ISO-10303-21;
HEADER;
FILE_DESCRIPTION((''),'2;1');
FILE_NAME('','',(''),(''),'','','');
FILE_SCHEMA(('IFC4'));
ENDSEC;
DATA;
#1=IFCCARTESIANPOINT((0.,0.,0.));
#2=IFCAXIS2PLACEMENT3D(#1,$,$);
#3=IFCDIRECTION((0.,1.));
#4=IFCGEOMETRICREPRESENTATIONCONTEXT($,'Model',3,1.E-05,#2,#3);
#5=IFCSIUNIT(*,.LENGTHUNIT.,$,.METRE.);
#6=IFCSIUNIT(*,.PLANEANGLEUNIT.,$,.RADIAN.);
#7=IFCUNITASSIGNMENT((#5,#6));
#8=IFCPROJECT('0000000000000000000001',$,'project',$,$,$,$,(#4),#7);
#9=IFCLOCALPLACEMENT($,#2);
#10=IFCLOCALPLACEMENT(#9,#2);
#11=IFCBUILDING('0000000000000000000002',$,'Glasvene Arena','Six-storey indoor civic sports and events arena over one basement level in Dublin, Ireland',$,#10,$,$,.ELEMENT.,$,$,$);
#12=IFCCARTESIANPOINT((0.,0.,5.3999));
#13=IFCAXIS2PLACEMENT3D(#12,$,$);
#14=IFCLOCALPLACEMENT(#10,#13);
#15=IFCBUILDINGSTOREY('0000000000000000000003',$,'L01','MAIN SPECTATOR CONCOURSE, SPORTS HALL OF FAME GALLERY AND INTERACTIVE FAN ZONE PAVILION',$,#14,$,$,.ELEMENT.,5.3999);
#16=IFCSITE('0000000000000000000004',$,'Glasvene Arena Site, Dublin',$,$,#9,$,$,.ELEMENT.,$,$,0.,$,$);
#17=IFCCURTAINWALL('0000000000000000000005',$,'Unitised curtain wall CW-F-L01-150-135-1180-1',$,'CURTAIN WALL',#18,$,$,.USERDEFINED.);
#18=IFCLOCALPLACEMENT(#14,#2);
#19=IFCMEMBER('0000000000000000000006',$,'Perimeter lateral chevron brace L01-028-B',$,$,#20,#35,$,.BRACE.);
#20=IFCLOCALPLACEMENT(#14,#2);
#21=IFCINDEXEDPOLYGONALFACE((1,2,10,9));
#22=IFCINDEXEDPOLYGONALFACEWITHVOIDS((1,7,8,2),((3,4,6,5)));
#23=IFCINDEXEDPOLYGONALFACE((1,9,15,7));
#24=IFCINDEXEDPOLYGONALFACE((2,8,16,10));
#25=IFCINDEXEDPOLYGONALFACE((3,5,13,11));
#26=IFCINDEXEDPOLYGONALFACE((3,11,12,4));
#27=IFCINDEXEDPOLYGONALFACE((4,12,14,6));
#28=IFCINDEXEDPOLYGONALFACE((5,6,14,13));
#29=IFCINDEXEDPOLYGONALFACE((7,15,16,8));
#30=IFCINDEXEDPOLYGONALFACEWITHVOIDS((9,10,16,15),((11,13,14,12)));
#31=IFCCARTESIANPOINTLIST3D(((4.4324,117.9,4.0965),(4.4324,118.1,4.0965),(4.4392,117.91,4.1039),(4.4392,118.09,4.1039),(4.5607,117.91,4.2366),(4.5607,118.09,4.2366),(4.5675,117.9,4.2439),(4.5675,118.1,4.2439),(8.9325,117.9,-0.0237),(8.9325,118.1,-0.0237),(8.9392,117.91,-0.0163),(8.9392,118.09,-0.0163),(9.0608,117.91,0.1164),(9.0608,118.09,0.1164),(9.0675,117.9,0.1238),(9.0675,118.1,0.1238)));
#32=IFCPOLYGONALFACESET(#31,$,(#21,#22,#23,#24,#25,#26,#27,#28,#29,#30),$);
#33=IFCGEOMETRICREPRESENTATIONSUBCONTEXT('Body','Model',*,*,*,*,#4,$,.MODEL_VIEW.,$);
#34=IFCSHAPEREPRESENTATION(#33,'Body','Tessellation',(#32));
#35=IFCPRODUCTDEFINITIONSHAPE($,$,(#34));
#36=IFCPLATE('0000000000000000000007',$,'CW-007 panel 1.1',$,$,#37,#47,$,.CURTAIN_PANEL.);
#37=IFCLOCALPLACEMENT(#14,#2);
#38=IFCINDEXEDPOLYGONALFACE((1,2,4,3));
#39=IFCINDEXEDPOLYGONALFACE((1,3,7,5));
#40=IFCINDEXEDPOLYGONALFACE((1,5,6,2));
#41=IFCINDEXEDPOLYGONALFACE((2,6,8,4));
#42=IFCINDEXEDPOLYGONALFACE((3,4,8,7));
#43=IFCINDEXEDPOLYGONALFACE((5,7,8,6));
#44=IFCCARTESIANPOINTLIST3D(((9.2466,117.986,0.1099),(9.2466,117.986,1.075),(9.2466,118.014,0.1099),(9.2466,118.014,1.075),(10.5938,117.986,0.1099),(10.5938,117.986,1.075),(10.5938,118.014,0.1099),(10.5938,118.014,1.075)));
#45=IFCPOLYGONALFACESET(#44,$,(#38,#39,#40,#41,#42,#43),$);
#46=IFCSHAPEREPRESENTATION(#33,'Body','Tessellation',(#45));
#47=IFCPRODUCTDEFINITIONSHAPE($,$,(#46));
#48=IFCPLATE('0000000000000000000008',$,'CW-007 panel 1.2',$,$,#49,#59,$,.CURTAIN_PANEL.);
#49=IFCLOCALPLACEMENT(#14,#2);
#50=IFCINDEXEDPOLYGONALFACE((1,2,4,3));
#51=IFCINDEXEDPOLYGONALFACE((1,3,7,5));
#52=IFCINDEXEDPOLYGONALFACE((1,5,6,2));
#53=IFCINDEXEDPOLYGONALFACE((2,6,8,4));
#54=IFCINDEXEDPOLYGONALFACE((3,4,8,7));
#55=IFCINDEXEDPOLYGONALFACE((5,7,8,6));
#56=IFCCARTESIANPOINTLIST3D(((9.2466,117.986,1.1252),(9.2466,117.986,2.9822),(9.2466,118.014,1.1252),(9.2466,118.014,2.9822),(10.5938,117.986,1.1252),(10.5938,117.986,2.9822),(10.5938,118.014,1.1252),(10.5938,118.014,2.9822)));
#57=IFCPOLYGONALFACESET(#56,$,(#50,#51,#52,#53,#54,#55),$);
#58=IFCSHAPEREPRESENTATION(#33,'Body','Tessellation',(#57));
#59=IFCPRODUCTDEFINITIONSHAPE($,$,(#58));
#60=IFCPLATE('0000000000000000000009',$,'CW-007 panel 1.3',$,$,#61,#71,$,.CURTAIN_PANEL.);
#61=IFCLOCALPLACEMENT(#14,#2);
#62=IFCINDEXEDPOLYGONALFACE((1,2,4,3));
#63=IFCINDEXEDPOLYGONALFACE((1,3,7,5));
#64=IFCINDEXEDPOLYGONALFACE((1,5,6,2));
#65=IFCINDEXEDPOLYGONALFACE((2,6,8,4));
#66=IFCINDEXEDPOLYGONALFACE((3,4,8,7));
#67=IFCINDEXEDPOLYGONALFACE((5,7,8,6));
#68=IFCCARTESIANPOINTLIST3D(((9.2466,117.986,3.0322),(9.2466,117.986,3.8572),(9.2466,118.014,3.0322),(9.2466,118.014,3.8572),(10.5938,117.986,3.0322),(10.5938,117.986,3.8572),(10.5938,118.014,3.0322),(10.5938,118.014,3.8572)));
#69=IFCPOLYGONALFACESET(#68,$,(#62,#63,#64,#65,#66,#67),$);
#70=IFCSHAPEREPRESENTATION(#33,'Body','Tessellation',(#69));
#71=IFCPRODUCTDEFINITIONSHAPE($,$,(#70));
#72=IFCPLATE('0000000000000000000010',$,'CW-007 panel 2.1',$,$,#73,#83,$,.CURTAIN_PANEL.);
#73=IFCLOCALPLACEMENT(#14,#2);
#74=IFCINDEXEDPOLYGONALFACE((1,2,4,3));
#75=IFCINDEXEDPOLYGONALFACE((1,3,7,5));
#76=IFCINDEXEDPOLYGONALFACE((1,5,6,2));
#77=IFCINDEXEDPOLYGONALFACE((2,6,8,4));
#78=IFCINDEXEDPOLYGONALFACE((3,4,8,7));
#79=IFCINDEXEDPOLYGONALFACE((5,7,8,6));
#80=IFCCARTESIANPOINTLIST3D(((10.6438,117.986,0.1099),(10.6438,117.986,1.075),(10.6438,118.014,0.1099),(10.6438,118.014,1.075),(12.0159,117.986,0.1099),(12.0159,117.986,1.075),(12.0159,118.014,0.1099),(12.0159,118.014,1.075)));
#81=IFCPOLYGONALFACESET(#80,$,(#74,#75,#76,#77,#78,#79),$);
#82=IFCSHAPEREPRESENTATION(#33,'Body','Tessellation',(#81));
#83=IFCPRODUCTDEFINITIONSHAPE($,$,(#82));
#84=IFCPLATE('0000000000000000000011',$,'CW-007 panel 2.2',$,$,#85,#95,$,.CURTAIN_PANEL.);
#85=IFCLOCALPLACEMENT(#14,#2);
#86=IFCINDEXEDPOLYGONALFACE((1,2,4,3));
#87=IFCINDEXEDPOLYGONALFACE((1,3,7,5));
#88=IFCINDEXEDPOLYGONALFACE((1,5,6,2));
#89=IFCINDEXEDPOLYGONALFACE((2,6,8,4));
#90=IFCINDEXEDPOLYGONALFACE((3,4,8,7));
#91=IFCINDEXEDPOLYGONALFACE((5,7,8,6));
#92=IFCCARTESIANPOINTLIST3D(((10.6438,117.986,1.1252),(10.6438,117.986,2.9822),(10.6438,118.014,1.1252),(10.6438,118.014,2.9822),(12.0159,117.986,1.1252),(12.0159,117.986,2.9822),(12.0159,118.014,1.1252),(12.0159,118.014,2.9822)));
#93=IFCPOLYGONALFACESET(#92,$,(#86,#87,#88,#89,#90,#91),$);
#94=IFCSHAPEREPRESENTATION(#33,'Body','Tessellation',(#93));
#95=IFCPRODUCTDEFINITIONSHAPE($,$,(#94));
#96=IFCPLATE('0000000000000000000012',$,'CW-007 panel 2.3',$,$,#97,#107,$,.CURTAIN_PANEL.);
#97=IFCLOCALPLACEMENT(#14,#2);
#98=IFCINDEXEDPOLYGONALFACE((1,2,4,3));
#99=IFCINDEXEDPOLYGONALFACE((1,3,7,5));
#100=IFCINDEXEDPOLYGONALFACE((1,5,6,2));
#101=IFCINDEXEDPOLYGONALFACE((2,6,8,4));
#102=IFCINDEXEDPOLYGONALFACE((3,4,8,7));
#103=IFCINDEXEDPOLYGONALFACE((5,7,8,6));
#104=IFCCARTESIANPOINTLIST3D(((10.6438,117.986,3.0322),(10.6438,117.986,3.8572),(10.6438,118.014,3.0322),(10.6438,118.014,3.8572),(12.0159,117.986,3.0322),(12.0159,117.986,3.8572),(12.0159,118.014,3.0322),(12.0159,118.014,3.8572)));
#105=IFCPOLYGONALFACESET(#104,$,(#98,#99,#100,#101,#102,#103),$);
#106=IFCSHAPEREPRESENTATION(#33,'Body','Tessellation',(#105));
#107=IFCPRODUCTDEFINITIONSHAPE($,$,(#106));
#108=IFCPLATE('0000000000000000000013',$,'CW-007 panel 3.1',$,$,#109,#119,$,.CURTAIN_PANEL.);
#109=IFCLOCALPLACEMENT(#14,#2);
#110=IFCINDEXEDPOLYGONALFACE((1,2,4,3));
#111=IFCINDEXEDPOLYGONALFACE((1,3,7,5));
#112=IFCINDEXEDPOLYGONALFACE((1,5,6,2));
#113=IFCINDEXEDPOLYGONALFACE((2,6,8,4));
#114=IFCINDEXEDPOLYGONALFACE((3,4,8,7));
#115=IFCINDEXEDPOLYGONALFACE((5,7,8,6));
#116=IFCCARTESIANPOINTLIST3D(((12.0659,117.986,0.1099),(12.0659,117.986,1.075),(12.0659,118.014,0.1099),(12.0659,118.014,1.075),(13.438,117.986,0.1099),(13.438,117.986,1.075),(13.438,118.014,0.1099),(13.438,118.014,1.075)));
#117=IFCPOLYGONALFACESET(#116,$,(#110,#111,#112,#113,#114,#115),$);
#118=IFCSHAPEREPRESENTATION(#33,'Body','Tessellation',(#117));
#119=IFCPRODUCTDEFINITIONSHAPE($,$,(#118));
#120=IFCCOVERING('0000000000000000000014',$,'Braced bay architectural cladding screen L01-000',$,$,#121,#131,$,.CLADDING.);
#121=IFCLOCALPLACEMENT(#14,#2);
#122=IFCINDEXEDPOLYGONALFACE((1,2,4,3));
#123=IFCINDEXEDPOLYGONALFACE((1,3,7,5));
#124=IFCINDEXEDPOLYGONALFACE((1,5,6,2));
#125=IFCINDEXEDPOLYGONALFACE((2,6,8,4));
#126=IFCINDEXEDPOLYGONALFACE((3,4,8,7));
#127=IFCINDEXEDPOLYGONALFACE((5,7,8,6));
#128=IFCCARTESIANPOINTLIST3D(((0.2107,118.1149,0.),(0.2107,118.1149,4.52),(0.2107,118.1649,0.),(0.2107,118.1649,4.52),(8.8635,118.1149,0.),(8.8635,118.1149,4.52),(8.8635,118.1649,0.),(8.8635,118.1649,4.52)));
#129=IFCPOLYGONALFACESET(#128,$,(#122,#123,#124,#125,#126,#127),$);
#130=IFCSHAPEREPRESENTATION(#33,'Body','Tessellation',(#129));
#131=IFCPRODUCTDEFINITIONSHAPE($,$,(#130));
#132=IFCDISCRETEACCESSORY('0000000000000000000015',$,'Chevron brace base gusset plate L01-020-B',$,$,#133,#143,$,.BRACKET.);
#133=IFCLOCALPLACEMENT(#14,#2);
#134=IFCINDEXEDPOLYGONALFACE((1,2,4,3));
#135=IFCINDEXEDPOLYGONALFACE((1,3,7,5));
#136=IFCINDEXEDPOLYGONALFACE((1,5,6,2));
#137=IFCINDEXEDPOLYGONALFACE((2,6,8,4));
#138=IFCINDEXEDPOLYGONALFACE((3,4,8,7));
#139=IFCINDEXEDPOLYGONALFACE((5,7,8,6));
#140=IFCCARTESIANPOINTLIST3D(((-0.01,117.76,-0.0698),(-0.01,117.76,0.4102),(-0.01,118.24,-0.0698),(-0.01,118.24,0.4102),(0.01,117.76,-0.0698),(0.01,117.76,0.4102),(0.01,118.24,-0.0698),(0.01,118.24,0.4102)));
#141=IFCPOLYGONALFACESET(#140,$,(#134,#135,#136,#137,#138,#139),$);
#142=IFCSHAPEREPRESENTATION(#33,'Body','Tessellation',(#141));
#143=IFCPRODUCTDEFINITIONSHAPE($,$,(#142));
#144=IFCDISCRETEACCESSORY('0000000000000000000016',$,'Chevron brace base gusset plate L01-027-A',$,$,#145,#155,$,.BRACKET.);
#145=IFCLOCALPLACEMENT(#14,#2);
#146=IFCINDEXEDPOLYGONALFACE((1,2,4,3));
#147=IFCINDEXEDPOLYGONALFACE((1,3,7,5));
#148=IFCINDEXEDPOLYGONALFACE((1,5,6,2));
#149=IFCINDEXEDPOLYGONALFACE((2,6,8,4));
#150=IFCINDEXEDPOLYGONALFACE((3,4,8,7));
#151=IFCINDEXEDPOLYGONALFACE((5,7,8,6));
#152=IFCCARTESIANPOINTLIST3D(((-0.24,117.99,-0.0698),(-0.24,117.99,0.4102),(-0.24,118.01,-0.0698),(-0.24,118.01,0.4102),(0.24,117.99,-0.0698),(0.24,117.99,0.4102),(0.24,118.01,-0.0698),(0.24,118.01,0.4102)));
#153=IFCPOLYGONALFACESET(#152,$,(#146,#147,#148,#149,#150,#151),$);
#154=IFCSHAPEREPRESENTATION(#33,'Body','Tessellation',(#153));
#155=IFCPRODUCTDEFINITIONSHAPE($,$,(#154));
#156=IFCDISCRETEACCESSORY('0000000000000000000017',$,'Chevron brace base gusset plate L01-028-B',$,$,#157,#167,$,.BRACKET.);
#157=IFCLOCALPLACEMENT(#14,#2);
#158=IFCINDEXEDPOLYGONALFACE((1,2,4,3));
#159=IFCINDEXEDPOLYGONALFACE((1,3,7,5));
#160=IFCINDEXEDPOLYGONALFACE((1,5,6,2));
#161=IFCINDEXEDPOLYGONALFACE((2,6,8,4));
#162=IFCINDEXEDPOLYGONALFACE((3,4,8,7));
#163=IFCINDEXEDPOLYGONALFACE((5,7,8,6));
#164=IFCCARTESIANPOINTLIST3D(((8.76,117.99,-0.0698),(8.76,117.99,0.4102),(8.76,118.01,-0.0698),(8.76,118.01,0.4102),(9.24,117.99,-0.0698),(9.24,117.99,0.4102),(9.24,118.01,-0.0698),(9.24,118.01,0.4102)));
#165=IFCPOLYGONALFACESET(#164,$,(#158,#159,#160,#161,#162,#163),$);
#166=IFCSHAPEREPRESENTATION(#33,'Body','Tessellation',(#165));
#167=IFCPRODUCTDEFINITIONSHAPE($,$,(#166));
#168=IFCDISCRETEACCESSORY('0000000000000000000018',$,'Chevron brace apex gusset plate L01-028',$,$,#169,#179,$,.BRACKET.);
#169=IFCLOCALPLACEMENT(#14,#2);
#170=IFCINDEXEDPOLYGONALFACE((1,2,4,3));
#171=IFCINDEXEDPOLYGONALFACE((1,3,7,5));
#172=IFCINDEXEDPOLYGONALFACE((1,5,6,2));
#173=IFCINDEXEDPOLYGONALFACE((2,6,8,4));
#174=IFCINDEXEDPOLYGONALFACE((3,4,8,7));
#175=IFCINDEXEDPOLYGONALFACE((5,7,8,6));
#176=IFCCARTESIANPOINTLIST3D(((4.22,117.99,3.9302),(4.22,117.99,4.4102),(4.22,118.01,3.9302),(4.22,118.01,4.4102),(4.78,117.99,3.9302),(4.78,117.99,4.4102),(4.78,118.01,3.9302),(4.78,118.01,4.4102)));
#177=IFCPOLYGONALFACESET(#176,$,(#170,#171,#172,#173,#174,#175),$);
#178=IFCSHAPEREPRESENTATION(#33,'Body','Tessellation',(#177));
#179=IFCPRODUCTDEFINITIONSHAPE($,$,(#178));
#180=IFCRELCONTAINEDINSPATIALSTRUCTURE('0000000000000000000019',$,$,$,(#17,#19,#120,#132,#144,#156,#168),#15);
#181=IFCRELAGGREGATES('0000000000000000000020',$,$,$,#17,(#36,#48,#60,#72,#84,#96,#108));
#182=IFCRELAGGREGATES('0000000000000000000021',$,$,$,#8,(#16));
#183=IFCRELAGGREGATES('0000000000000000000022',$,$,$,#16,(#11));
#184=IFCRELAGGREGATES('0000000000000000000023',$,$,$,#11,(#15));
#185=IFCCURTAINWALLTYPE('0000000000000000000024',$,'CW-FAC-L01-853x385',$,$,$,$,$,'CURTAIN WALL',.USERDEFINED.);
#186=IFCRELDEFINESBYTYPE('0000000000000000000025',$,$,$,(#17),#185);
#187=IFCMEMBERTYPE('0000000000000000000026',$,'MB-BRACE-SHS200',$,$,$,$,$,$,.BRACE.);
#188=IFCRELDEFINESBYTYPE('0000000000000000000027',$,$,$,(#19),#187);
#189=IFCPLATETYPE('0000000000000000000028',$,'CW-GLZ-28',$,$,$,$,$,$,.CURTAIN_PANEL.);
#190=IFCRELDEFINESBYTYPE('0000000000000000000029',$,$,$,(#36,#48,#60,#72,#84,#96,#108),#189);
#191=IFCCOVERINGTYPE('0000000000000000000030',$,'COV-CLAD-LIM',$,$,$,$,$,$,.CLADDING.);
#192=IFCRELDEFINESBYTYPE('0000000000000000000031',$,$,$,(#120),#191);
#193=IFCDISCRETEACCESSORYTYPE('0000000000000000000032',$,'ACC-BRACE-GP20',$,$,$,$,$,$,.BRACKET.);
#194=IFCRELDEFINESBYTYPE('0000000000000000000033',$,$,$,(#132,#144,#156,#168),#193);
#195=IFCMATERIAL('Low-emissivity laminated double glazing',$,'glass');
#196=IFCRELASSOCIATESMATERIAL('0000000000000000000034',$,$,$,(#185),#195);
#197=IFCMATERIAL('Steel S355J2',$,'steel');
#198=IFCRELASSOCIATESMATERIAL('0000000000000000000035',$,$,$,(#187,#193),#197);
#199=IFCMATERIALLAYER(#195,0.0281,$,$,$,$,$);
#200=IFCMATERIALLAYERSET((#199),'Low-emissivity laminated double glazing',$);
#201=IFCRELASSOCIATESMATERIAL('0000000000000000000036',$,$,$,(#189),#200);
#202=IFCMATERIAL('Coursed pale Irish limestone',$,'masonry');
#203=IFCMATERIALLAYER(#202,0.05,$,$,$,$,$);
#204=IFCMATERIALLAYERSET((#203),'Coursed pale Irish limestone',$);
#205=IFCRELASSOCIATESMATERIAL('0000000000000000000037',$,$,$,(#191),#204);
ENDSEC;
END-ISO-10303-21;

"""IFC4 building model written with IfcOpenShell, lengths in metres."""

from ifc_helpers import new_model, si_unit, direction, frame, origin, origin_2d, place, context, subcontext, project, spatial, rectangle, hollow_rectangle, extrude, material, layer, layer_set, material_profile, profile_set, type_object, element, aggregate, save


model = new_model("IFC4")

# Units and contexts
model_context = context("Model", 3, precision=1e-05, world=origin(), true_north=direction((0.0, 1.0)))
body_context = subcontext(model_context, "Body", "Model", "MODEL_VIEW")
ifc_project = project(units=[si_unit("LENGTHUNIT", "METRE"), si_unit("PLANEANGLEUNIT", "RADIAN")], contexts=[model_context])

# Site, building, storey
site_placement = place(None, origin())
site = spatial("IfcSite", under=ifc_project, at=site_placement, Name="Glasvene Arena Site, Dublin", CompositionType="ELEMENT", RefElevation=0.0)
building_placement = place(site_placement, origin())
building = spatial("IfcBuilding", under=site, at=building_placement, Name="Glasvene Arena", Description="Six-storey indoor civic sports and events arena over one basement level in Dublin, Ireland", CompositionType="ELEMENT")
storey_placement = place(building_placement, frame((0.0, 0.0, 5.3999)))
storey = spatial("IfcBuildingStorey", under=building, at=storey_placement, Name="L01", Description="MAIN SPECTATOR CONCOURSE, SPORTS HALL OF FAME GALLERY AND INTERACTIVE FAN ZONE PAVILION", CompositionType="ELEMENT", Elevation=5.3999)

# Shared definitions
ifc_material_1 = material(Name="Steel S355J2", Category="steel")

# Curtain wall
ifc_material_2 = material(Name="Low-emissivity laminated double glazing", Category="glass")
curtain_wall_type = type_object("IfcCurtainWallType", Name="CW-FAC-L01-853x385", ElementType="CURTAIN WALL", PredefinedType="USERDEFINED", material=ifc_material_2)
curtain_wall_placement = place(storey_placement, frame((9.1965, 118.0, 0.0)))
curtain_wall = element("IfcCurtainWall", 1, at=curtain_wall_placement, inside=storey, type_object=curtain_wall_type, Name="Unitised curtain wall CW-F-L01-150-135-1180-1", ObjectType="CURTAIN WALL", PredefinedType="USERDEFINED")

# Member
ifc_material_profile_1 = material_profile(ifc_material_1, hollow_rectangle(XDim=0.2, YDim=0.2, WallThickness=0.01, at=origin_2d()), Name="SHS 200x200x10.0")
ifc_profile_set_1 = profile_set([ifc_material_profile_1], Name="Steel S355J2")
member_type_1 = type_object("IfcMemberType", Name="MB-BRACE-SHS200", PredefinedType="BRACE", material=ifc_profile_set_1)
for number, where, z_axis, x_axis, name in (
    (2, (9.0, 118.0, 0.05), (-0.737553, 0.0, 0.67529), (0.0, -1.0, 0.0), "Perimeter lateral chevron brace L01-028-B"),
):
    element("IfcMember", number, at=place(storey_placement, frame(where, z_axis=z_axis, x_axis=x_axis)), inside=storey, type_object=member_type_1, Name=name, PredefinedType="BRACE", context=body_context, shape_type="SweptSolid", body=[
        extrude(hollow_rectangle(XDim=0.2, YDim=0.2, WallThickness=0.01, at=origin_2d()), origin(), (0.0, 0.0, 1.0), 6.1013),
    ])

# Plates
ifc_layer_1 = layer(ifc_material_2, 0.0281)
ifc_layer_set_1 = layer_set([ifc_layer_1], Name="Low-emissivity laminated double glazing")
plate_type = type_object("IfcPlateType", Name="CW-GLZ-28", PredefinedType="CURTAIN_PANEL", material=ifc_layer_set_1)
plate_1_placement = place(storey_placement, frame((9.9202, 118.0, 0.1099), z_axis=(0.0, 0.0, 1.0), x_axis=(1.0, 0.0, 0.0)))
plate_1 = element("IfcPlate", 3, at=plate_1_placement, type_object=plate_type, Name="CW-007 panel 1.1", PredefinedType="CURTAIN_PANEL", context=body_context, shape_type="SweptSolid", body=[
    extrude(rectangle(XDim=1.3472, YDim=0.0281, at=origin_2d()), origin(), (0.0, 0.0, 1.0), 0.9651),
])
plate_2_placement = place(storey_placement, frame((9.9202, 118.0, 1.1252), z_axis=(0.0, 0.0, 1.0), x_axis=(1.0, 0.0, 0.0)))
plate_2 = element("IfcPlate", 4, at=plate_2_placement, type_object=plate_type, Name="CW-007 panel 1.2", PredefinedType="CURTAIN_PANEL", context=body_context, shape_type="SweptSolid", body=[
    extrude(rectangle(XDim=1.3472, YDim=0.0281, at=origin_2d()), origin(), (0.0, 0.0, 1.0), 1.8569),
])
plate_3_placement = place(storey_placement, frame((9.9202, 118.0, 3.0322), z_axis=(0.0, 0.0, 1.0), x_axis=(1.0, 0.0, 0.0)))
plate_3 = element("IfcPlate", 5, at=plate_3_placement, type_object=plate_type, Name="CW-007 panel 1.3", PredefinedType="CURTAIN_PANEL", context=body_context, shape_type="SweptSolid", body=[
    extrude(rectangle(XDim=1.3472, YDim=0.0281, at=origin_2d()), origin(), (0.0, 0.0, 1.0), 0.825),
])
plate_4_placement = place(storey_placement, frame((11.3298, 118.0, 0.1099), z_axis=(0.0, 0.0, 1.0), x_axis=(1.0, 0.0, 0.0)))
plate_4 = element("IfcPlate", 6, at=plate_4_placement, type_object=plate_type, Name="CW-007 panel 2.1", PredefinedType="CURTAIN_PANEL", context=body_context, shape_type="SweptSolid", body=[
    extrude(rectangle(XDim=1.3721, YDim=0.0281, at=origin_2d()), origin(), (0.0, 0.0, 1.0), 0.9651),
])
plate_5_placement = place(storey_placement, frame((11.3298, 118.0, 1.1252), z_axis=(0.0, 0.0, 1.0), x_axis=(1.0, 0.0, 0.0)))
plate_5 = element("IfcPlate", 7, at=plate_5_placement, type_object=plate_type, Name="CW-007 panel 2.2", PredefinedType="CURTAIN_PANEL", context=body_context, shape_type="SweptSolid", body=[
    extrude(rectangle(XDim=1.3721, YDim=0.0281, at=origin_2d()), origin(), (0.0, 0.0, 1.0), 1.8569),
])
plate_6_placement = place(storey_placement, frame((11.3298, 118.0, 3.0322), z_axis=(0.0, 0.0, 1.0), x_axis=(1.0, 0.0, 0.0)))
plate_6 = element("IfcPlate", 8, at=plate_6_placement, type_object=plate_type, Name="CW-007 panel 2.3", PredefinedType="CURTAIN_PANEL", context=body_context, shape_type="SweptSolid", body=[
    extrude(rectangle(XDim=1.3721, YDim=0.0281, at=origin_2d()), origin(), (0.0, 0.0, 1.0), 0.825),
])
plate_7_placement = place(storey_placement, frame((12.752, 118.0, 0.1099), z_axis=(0.0, 0.0, 1.0), x_axis=(1.0, 0.0, 0.0)))
plate_7 = element("IfcPlate", 9, at=plate_7_placement, type_object=plate_type, Name="CW-007 panel 3.1", PredefinedType="CURTAIN_PANEL", context=body_context, shape_type="SweptSolid", body=[
    extrude(rectangle(XDim=1.3721, YDim=0.0281, at=origin_2d()), origin(), (0.0, 0.0, 1.0), 0.9651),
])
aggregate(curtain_wall, [plate_1, plate_2, plate_3, plate_4, plate_5, plate_6, plate_7])

# Covering
ifc_material_3 = material(Name="Coursed pale Irish limestone", Category="masonry")
ifc_layer_2 = layer(ifc_material_3, 0.05)
ifc_layer_set_2 = layer_set([ifc_layer_2], Name="Coursed pale Irish limestone")
covering_type = type_object("IfcCoveringType", Name="COV-CLAD-LIM", PredefinedType="CLADDING", material=ifc_layer_set_2)
covering_placement = place(storey_placement, frame((4.5371, 118.1399, 0.0), z_axis=(0.0, 0.0, 1.0), x_axis=(1.0, 0.0, 0.0)))
element("IfcCovering", 10, at=covering_placement, inside=storey, type_object=covering_type, Name="Braced bay architectural cladding screen L01-000", PredefinedType="CLADDING", context=body_context, shape_type="SweptSolid", body=[
    extrude(rectangle(XDim=8.6528, YDim=0.05, at=origin_2d()), origin(), (0.0, 0.0, 1.0), 4.52),
])

# Discrete accessories
discrete_accessory_type = type_object("IfcDiscreteAccessoryType", Name="ACC-BRACE-GP20", PredefinedType="BRACKET", material=ifc_material_1)
discrete_accessory_1_placement = place(storey_placement, frame((0.0, 118.0, -0.0698), z_axis=(0.0, 0.0, 1.0), x_axis=(1.0, 0.0, 0.0)))
element("IfcDiscreteAccessory", 11, at=discrete_accessory_1_placement, inside=storey, type_object=discrete_accessory_type, Name="Chevron brace base gusset plate L01-020-B", PredefinedType="BRACKET", context=body_context, shape_type="SweptSolid", body=[
    extrude(rectangle(XDim=0.02, YDim=0.48, at=origin_2d()), origin(), (0.0, 0.0, 1.0), 0.48),
])
for number, where, z_axis, x_axis, name in (
    (12, (0.0, 118.0, -0.0698), (0.0, 0.0, 1.0), (1.0, 0.0, 0.0), "Chevron brace base gusset plate L01-027-A"),
    (13, (9.0, 118.0, -0.0698), (0.0, 0.0, 1.0), (1.0, 0.0, 0.0), "Chevron brace base gusset plate L01-028-B"),
):
    element("IfcDiscreteAccessory", number, at=place(storey_placement, frame(where, z_axis=z_axis, x_axis=x_axis)), inside=storey, type_object=discrete_accessory_type, Name=name, PredefinedType="BRACKET", context=body_context, shape_type="SweptSolid", body=[
        extrude(rectangle(XDim=0.48, YDim=0.02, at=origin_2d()), origin(), (0.0, 0.0, 1.0), 0.48),
    ])
discrete_accessory_2_placement = place(storey_placement, frame((4.5, 118.0, 3.9302), z_axis=(0.0, 0.0, 1.0), x_axis=(1.0, 0.0, 0.0)))
element("IfcDiscreteAccessory", 14, at=discrete_accessory_2_placement, inside=storey, type_object=discrete_accessory_type, Name="Chevron brace apex gusset plate L01-028", PredefinedType="BRACKET", context=body_context, shape_type="SweptSolid", body=[
    extrude(rectangle(XDim=0.5601, YDim=0.02, at=origin_2d()), origin(), (0.0, 0.0, 1.0), 0.48),
])

save(model, "model.ifc")
